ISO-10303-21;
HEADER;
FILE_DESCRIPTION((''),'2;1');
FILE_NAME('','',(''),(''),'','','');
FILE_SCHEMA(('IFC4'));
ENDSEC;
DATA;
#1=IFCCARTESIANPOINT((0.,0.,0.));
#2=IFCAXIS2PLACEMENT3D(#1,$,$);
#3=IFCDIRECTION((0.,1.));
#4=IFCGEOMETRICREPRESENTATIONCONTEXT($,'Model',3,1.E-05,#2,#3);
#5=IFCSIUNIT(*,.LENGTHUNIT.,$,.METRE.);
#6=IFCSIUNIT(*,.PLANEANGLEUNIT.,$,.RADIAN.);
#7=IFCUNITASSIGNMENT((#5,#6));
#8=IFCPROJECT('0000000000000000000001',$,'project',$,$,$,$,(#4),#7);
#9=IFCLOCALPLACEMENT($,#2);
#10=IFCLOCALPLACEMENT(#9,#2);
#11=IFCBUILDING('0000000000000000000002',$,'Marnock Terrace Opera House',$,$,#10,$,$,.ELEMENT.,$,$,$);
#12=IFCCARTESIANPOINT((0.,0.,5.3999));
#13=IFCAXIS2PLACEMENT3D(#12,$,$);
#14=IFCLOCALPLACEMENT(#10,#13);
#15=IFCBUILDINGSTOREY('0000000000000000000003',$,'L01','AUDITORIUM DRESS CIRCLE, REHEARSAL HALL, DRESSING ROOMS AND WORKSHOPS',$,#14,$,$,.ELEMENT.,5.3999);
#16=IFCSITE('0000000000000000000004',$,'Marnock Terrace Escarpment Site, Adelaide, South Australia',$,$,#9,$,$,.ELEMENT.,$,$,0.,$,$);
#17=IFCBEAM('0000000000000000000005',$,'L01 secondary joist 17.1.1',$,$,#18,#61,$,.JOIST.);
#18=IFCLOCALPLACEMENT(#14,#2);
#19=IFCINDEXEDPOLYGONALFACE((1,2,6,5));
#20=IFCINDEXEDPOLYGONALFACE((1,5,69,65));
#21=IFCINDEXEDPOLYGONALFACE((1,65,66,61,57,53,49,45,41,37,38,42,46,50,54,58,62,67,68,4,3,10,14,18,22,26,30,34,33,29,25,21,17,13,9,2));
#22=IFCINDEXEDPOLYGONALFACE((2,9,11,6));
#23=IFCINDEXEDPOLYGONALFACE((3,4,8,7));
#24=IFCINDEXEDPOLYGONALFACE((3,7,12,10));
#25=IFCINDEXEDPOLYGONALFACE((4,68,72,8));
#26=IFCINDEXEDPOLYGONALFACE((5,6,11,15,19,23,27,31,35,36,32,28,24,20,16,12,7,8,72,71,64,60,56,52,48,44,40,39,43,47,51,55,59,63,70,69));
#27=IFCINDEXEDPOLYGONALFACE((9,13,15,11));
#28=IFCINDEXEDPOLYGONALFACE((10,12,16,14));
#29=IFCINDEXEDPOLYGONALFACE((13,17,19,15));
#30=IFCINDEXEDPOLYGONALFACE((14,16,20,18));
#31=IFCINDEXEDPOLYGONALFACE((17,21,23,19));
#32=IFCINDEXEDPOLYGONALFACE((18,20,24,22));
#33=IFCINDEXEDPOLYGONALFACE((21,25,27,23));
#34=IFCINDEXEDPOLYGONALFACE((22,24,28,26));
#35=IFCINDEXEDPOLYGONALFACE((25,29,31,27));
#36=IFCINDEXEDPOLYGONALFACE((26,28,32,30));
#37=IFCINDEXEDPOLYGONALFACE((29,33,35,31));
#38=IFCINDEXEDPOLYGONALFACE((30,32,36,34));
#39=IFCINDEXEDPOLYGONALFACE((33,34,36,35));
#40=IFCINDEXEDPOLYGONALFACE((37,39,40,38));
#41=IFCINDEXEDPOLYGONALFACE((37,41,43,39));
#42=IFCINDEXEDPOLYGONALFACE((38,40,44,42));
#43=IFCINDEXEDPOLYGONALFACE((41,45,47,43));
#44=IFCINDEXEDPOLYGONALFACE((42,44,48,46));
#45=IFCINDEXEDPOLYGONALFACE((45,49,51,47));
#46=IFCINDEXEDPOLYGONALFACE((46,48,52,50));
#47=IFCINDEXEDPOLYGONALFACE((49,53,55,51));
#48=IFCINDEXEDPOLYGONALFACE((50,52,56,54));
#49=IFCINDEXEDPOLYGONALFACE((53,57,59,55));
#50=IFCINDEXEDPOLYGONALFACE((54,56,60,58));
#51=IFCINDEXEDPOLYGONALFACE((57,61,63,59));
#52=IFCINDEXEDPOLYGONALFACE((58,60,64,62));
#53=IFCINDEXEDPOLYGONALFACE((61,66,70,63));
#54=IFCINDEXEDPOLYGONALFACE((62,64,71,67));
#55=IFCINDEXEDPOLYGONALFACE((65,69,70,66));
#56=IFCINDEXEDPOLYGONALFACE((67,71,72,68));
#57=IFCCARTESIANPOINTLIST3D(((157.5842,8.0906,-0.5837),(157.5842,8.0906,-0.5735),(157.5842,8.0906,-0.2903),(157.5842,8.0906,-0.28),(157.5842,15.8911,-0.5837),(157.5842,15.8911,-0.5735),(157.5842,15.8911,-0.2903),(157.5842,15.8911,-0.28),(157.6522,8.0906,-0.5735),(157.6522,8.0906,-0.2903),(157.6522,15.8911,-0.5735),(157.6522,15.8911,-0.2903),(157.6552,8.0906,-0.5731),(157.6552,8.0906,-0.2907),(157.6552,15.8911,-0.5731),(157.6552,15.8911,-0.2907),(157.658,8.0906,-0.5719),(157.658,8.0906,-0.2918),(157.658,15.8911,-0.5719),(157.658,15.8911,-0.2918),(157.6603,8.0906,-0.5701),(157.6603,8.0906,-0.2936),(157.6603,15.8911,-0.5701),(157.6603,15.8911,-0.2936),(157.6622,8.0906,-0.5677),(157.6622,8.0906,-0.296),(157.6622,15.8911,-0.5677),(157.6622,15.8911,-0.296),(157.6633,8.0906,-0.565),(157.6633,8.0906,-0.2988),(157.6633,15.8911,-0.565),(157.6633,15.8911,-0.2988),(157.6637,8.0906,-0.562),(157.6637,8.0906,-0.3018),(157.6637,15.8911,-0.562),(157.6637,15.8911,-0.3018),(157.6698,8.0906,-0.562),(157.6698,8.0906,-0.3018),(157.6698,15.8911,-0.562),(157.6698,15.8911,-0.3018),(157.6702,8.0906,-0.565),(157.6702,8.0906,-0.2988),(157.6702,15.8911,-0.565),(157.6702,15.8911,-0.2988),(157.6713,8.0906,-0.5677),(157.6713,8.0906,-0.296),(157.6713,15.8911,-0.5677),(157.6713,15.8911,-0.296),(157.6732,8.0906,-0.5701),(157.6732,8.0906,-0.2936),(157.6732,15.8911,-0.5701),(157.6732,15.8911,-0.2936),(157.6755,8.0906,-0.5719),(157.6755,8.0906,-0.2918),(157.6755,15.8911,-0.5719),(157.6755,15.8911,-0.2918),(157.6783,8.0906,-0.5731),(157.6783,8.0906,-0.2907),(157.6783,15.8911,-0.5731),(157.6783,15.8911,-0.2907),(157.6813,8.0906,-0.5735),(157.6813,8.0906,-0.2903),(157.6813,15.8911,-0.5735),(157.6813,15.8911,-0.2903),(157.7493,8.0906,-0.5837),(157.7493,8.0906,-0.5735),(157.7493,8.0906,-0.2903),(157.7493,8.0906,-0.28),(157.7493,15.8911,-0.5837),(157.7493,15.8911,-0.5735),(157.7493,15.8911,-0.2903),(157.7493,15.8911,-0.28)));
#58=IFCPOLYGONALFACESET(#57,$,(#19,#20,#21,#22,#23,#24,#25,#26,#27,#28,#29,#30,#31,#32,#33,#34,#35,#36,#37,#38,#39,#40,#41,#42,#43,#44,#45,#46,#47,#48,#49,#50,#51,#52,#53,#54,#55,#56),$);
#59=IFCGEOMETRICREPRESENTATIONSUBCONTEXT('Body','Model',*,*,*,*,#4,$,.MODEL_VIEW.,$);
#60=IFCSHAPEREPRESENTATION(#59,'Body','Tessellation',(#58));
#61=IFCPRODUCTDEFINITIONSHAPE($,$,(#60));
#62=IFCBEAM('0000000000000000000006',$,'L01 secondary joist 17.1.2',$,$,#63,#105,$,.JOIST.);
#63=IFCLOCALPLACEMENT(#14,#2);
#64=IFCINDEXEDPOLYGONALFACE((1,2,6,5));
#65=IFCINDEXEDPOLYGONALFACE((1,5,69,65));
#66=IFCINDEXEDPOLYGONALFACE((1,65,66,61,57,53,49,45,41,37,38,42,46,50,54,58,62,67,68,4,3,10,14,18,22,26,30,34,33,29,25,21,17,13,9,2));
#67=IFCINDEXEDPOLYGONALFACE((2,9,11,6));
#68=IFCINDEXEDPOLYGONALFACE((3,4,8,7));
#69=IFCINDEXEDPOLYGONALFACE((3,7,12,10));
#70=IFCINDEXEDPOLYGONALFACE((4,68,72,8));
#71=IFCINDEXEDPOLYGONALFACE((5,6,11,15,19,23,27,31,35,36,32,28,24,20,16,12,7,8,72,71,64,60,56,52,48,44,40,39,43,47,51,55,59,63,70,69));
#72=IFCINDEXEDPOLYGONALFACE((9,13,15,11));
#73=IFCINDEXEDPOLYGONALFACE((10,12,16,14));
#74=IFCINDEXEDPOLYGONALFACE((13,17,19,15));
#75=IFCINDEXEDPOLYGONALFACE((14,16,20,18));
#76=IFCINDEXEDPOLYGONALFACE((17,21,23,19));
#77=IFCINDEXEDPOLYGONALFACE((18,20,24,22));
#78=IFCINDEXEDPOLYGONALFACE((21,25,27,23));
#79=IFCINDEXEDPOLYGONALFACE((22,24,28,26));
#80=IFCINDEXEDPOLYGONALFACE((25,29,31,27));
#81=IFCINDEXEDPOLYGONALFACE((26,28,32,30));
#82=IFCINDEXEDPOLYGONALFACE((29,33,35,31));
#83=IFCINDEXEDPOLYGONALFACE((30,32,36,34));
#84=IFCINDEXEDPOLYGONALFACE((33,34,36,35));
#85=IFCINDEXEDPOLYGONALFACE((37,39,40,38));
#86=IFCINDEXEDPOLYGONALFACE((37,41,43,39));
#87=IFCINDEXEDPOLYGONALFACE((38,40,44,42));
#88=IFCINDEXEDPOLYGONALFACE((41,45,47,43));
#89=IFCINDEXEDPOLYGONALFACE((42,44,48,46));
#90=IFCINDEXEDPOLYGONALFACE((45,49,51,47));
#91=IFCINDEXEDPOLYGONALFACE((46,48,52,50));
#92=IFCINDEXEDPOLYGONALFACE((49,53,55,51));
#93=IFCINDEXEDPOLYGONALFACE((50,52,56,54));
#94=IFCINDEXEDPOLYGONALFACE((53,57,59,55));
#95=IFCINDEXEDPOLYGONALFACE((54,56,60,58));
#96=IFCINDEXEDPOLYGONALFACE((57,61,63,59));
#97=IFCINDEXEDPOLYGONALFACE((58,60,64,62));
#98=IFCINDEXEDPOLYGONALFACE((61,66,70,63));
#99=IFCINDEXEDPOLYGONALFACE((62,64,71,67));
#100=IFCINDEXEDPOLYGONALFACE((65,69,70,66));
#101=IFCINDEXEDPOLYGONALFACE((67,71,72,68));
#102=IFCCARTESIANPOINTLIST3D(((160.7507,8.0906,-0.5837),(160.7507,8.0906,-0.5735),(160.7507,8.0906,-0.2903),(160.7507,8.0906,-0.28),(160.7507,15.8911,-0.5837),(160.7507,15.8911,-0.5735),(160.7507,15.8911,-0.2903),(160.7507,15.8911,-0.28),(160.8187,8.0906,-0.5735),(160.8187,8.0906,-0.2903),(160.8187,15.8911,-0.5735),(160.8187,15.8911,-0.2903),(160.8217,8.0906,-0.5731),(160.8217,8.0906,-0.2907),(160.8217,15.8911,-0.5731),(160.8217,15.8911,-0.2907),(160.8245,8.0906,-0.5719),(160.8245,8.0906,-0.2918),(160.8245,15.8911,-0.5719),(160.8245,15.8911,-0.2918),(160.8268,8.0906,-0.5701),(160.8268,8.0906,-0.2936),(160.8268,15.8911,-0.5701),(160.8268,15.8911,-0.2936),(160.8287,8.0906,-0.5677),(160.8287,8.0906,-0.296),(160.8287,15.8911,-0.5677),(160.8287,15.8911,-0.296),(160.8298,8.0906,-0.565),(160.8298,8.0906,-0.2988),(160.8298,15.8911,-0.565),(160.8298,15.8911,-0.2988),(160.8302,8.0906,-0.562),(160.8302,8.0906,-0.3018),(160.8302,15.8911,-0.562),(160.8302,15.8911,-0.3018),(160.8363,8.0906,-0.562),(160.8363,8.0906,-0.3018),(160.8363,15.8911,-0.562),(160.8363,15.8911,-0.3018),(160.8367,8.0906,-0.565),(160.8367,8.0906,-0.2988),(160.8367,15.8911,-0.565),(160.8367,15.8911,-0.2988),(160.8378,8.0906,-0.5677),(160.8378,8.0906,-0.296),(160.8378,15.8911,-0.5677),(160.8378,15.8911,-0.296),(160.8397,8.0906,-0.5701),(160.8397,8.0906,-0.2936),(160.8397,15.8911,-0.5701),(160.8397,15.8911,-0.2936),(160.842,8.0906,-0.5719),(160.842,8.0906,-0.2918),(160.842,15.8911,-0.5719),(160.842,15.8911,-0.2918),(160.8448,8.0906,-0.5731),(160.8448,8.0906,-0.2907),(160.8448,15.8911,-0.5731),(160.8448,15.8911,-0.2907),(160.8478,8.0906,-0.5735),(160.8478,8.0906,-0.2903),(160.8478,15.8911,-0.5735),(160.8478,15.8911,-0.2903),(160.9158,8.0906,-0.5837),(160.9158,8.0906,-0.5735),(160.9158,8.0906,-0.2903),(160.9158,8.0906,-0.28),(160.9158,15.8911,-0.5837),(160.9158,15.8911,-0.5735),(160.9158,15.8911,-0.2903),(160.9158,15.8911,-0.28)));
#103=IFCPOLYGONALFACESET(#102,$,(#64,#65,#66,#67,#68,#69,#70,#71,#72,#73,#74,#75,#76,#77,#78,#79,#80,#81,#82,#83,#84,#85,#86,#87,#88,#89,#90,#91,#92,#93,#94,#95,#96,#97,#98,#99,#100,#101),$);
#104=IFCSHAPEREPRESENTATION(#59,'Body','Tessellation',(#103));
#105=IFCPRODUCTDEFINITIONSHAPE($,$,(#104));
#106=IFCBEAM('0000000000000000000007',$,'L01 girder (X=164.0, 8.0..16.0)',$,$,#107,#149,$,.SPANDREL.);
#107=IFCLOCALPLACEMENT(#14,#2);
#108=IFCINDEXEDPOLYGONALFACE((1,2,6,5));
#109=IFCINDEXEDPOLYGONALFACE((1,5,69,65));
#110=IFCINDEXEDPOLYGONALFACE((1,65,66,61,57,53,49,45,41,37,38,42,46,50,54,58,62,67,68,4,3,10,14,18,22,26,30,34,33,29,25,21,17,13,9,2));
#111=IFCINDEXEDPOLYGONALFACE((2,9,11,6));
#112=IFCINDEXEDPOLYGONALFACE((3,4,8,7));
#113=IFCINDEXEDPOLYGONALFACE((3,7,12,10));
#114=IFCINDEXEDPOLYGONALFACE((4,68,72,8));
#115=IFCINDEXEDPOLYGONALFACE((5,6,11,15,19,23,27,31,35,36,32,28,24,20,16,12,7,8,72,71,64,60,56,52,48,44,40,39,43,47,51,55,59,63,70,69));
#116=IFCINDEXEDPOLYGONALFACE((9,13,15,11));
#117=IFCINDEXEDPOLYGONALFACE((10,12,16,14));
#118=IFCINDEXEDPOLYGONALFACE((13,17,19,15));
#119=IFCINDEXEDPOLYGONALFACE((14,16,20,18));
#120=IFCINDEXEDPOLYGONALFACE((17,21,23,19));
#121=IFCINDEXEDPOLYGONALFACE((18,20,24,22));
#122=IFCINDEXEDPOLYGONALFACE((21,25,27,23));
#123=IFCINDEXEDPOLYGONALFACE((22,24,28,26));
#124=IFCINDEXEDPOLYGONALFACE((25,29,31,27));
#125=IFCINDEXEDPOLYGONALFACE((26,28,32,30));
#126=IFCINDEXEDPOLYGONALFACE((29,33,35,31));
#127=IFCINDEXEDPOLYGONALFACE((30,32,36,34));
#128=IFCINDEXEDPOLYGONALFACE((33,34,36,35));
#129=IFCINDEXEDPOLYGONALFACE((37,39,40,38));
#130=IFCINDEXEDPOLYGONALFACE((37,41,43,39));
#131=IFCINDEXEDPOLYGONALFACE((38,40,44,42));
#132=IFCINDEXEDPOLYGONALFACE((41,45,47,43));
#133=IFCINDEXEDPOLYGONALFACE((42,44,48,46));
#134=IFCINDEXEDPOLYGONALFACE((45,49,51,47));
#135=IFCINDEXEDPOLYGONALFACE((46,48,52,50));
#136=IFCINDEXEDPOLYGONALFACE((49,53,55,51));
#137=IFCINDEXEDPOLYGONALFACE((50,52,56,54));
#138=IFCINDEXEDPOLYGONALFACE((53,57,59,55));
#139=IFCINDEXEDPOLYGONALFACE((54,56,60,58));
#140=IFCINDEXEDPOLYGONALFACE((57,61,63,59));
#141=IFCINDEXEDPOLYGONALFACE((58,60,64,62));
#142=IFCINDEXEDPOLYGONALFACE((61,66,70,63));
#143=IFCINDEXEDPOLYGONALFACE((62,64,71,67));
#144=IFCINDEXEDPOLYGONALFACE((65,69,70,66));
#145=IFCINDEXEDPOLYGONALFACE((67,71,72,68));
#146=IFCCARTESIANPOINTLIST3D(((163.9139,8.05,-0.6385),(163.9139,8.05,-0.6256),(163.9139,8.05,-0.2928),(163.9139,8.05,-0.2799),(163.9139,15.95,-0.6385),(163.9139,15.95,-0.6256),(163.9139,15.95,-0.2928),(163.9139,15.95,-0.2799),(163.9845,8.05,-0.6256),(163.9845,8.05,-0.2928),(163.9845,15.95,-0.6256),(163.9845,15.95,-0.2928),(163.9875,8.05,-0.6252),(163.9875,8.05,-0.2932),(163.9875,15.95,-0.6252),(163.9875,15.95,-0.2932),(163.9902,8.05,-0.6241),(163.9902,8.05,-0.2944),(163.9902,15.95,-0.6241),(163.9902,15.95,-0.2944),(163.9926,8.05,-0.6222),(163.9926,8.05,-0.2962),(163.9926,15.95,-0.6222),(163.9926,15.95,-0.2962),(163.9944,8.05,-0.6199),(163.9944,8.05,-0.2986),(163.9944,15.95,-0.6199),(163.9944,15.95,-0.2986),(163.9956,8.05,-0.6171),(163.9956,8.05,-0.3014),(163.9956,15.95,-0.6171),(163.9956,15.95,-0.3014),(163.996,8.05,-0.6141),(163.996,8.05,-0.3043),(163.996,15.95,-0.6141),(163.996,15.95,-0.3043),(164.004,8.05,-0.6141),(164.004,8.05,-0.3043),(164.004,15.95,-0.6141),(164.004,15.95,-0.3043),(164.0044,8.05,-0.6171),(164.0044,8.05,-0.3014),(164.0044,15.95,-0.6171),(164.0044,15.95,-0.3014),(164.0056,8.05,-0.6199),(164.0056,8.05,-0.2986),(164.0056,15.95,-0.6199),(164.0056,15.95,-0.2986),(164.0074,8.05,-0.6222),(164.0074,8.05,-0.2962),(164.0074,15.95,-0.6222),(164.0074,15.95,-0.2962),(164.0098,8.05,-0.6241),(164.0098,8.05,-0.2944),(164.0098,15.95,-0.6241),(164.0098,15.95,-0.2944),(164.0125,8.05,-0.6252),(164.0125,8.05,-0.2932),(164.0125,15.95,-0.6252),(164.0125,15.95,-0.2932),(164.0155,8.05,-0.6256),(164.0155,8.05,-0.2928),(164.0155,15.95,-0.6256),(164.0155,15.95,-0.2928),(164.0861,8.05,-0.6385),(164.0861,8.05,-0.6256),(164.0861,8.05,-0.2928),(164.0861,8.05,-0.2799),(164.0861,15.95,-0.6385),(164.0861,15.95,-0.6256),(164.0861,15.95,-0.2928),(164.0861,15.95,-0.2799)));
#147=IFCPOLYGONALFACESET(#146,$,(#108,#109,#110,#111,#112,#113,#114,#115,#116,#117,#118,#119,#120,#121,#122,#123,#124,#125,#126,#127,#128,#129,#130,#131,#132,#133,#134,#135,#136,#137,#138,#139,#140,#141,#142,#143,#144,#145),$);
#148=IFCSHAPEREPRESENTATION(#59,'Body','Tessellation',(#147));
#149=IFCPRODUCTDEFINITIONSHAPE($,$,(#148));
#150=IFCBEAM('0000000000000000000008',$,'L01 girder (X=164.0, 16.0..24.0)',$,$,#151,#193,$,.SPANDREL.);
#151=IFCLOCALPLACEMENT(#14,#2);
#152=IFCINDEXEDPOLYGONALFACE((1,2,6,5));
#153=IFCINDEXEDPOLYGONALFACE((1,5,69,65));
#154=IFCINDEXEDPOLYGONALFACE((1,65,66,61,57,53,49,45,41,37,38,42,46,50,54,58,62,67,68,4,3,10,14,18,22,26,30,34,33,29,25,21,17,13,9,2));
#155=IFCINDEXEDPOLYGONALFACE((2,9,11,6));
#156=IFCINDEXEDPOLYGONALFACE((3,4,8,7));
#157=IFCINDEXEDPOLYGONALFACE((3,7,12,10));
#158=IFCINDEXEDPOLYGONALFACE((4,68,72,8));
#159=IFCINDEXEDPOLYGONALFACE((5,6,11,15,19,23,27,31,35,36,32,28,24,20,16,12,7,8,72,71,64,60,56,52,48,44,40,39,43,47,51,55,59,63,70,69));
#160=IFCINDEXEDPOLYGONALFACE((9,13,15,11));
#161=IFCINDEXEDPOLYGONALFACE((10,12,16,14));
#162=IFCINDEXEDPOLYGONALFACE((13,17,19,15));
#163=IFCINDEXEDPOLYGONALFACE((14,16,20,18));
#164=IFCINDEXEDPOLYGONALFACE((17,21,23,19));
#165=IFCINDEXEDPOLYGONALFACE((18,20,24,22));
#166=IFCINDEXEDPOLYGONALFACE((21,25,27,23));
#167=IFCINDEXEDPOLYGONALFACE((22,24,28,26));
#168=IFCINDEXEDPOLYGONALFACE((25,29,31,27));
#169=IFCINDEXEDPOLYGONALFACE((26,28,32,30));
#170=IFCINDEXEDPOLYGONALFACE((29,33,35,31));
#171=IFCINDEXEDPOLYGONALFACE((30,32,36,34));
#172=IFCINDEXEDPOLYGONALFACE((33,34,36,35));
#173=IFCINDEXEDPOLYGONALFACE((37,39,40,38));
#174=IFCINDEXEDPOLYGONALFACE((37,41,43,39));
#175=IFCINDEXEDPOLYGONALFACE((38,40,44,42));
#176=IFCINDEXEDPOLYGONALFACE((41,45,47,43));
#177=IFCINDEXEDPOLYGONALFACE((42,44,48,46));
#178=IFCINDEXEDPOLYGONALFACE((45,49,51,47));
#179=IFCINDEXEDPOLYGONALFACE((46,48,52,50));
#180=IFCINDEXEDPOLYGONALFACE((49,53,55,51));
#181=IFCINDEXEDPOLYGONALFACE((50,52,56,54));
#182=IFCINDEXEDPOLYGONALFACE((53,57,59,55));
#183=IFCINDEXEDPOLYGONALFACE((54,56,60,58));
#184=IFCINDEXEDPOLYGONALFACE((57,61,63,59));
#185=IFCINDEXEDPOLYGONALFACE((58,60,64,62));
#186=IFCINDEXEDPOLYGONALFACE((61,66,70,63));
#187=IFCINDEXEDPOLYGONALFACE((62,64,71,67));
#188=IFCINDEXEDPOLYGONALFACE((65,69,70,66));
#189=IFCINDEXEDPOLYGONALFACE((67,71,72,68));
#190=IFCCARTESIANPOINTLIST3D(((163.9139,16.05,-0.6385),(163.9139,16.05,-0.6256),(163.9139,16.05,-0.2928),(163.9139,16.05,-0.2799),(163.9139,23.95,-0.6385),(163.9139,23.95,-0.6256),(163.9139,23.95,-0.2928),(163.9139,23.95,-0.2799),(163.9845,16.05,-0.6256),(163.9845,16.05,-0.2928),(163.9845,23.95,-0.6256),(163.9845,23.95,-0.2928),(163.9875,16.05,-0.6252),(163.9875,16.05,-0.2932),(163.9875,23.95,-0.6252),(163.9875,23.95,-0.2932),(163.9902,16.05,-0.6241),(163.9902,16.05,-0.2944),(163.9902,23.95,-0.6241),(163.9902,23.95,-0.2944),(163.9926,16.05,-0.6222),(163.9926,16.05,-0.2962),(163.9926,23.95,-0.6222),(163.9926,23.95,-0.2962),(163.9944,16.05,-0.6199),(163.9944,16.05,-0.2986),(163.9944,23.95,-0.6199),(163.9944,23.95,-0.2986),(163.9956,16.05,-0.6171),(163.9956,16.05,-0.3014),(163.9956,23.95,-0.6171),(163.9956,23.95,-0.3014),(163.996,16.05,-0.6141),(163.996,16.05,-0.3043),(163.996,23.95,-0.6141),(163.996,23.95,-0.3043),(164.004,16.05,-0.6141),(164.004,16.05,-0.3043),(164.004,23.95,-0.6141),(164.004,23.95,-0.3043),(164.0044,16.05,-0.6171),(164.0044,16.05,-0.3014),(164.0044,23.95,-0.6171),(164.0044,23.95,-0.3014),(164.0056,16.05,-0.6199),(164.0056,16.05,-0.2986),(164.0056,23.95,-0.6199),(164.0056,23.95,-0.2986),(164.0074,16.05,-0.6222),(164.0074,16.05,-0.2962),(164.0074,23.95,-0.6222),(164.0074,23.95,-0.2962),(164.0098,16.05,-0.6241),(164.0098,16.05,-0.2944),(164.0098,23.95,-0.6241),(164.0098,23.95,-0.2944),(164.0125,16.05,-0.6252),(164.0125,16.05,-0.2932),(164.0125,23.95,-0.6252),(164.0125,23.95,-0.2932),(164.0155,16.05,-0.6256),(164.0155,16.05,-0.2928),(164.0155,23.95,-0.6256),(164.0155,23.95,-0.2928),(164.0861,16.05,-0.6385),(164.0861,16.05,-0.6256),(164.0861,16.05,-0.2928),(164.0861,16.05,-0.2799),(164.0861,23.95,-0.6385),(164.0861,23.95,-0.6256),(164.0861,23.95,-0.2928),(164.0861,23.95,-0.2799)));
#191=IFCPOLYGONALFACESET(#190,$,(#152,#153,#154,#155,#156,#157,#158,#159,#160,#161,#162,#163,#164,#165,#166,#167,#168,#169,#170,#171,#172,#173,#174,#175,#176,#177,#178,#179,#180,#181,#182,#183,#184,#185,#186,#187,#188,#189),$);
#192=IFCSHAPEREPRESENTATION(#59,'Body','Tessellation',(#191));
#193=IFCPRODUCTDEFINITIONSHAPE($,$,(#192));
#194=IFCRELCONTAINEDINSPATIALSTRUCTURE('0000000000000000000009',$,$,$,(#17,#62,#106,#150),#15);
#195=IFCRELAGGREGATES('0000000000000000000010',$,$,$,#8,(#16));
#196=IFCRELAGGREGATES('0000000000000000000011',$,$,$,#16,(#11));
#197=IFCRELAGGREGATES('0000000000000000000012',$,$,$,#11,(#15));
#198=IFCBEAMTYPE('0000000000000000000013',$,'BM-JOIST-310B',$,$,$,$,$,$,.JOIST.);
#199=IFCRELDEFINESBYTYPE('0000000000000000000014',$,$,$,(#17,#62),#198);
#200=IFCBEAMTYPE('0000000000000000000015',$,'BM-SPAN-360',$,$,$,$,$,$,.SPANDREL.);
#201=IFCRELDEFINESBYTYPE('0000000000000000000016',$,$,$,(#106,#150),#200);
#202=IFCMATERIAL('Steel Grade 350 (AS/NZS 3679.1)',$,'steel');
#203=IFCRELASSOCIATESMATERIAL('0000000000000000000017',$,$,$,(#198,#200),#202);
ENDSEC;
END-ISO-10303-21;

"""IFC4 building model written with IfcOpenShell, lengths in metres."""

from ifc_helpers import new_model, si_unit, direction, frame, origin, origin_2d, place, context, subcontext, project, spatial, i_section, extrude, material, material_profile, profile_set, type_object, element, save


model = new_model("IFC4")

# Units and contexts
model_context = context("Model", 3, precision=1e-05, world=origin(), true_north=direction((0.0, 1.0)))
body_context = subcontext(model_context, "Body", "Model", "MODEL_VIEW")
ifc_project = project(units=[si_unit("LENGTHUNIT", "METRE"), si_unit("PLANEANGLEUNIT", "RADIAN")], contexts=[model_context])

# Site, building, storey
site_placement = place(None, origin())
site = spatial("IfcSite", under=ifc_project, at=site_placement, Name="Marnock Terrace Escarpment Site, Adelaide, South Australia", CompositionType="ELEMENT", RefElevation=0.0)
building_placement = place(site_placement, origin())
building = spatial("IfcBuilding", under=site, at=building_placement, Name="Marnock Terrace Opera House", CompositionType="ELEMENT")
storey_placement = place(building_placement, frame((0.0, 0.0, 5.3999)))
storey = spatial("IfcBuildingStorey", under=building, at=storey_placement, Name="L01", Description="AUDITORIUM DRESS CIRCLE, REHEARSAL HALL, DRESSING ROOMS AND WORKSHOPS", CompositionType="ELEMENT", Elevation=5.3999)

# Beams
ifc_material_1 = material(Name="Steel Grade 350 (AS/NZS 3679.1)", Category="steel")
ifc_material_profile_1 = material_profile(ifc_material_1, i_section(OverallWidth=0.165, OverallDepth=0.3037, WebThickness=0.0061, FlangeThickness=0.0103, FilletRadius=0.0115, at=origin_2d()))
ifc_profile_set_1 = profile_set([ifc_material_profile_1], Name="Steel Grade 350 (AS/NZS 3679.1)")
beam_type_1 = type_object("IfcBeamType", Name="BM-JOIST-310B", PredefinedType="JOIST", material=ifc_profile_set_1)
for number, where, z_axis, x_axis, name in (
    (1, (157.6667, 8.0906, -0.4319), (0.0, 1.0, 0.0), (-1.0, 0.0, 0.0), "L01 secondary joist 17.1.1"),
    (2, (160.8333, 8.0906, -0.4319), (0.0, 1.0, 0.0), (-1.0, 0.0, 0.0), "L01 secondary joist 17.1.2"),
):
    element("IfcBeam", number, at=place(storey_placement, frame(where, z_axis=z_axis, x_axis=x_axis)), inside=storey, type_object=beam_type_1, Name=name, PredefinedType="JOIST", context=body_context, shape_type="SweptSolid", body=[
        extrude(i_section(OverallWidth=0.165, OverallDepth=0.3037, WebThickness=0.0061, FlangeThickness=0.0103, FilletRadius=0.0115, at=origin_2d()), origin(), (0.0, 0.0, 1.0), 7.8005),
    ])
ifc_material_profile_2 = material_profile(ifc_material_1, i_section(OverallWidth=0.1721, OverallDepth=0.3586, WebThickness=0.0081, FlangeThickness=0.0129, FilletRadius=0.0115, at=origin_2d()))
ifc_profile_set_2 = profile_set([ifc_material_profile_2], Name="Steel Grade 350 (AS/NZS 3679.1)")
beam_type_2 = type_object("IfcBeamType", Name="BM-SPAN-360", PredefinedType="SPANDREL", material=ifc_profile_set_2)
for number, where, z_axis, x_axis, name in (
    (3, (164.0, 8.05, -0.4592), (0.0, 1.0, 0.0), (-1.0, 0.0, 0.0), "L01 girder (X=164.0, 8.0..16.0)"),
    (4, (164.0, 16.05, -0.4592), (0.0, 1.0, 0.0), (-1.0, 0.0, 0.0), "L01 girder (X=164.0, 16.0..24.0)"),
):
    element("IfcBeam", number, at=place(storey_placement, frame(where, z_axis=z_axis, x_axis=x_axis)), inside=storey, type_object=beam_type_2, Name=name, PredefinedType="SPANDREL", context=body_context, shape_type="SweptSolid", body=[
        extrude(i_section(OverallWidth=0.1721, OverallDepth=0.3586, WebThickness=0.0081, FlangeThickness=0.0129, FilletRadius=0.0115, at=origin_2d()), origin(), (0.0, 0.0, 1.0), 7.8999),
    ])

save(model, "model.ifc")
